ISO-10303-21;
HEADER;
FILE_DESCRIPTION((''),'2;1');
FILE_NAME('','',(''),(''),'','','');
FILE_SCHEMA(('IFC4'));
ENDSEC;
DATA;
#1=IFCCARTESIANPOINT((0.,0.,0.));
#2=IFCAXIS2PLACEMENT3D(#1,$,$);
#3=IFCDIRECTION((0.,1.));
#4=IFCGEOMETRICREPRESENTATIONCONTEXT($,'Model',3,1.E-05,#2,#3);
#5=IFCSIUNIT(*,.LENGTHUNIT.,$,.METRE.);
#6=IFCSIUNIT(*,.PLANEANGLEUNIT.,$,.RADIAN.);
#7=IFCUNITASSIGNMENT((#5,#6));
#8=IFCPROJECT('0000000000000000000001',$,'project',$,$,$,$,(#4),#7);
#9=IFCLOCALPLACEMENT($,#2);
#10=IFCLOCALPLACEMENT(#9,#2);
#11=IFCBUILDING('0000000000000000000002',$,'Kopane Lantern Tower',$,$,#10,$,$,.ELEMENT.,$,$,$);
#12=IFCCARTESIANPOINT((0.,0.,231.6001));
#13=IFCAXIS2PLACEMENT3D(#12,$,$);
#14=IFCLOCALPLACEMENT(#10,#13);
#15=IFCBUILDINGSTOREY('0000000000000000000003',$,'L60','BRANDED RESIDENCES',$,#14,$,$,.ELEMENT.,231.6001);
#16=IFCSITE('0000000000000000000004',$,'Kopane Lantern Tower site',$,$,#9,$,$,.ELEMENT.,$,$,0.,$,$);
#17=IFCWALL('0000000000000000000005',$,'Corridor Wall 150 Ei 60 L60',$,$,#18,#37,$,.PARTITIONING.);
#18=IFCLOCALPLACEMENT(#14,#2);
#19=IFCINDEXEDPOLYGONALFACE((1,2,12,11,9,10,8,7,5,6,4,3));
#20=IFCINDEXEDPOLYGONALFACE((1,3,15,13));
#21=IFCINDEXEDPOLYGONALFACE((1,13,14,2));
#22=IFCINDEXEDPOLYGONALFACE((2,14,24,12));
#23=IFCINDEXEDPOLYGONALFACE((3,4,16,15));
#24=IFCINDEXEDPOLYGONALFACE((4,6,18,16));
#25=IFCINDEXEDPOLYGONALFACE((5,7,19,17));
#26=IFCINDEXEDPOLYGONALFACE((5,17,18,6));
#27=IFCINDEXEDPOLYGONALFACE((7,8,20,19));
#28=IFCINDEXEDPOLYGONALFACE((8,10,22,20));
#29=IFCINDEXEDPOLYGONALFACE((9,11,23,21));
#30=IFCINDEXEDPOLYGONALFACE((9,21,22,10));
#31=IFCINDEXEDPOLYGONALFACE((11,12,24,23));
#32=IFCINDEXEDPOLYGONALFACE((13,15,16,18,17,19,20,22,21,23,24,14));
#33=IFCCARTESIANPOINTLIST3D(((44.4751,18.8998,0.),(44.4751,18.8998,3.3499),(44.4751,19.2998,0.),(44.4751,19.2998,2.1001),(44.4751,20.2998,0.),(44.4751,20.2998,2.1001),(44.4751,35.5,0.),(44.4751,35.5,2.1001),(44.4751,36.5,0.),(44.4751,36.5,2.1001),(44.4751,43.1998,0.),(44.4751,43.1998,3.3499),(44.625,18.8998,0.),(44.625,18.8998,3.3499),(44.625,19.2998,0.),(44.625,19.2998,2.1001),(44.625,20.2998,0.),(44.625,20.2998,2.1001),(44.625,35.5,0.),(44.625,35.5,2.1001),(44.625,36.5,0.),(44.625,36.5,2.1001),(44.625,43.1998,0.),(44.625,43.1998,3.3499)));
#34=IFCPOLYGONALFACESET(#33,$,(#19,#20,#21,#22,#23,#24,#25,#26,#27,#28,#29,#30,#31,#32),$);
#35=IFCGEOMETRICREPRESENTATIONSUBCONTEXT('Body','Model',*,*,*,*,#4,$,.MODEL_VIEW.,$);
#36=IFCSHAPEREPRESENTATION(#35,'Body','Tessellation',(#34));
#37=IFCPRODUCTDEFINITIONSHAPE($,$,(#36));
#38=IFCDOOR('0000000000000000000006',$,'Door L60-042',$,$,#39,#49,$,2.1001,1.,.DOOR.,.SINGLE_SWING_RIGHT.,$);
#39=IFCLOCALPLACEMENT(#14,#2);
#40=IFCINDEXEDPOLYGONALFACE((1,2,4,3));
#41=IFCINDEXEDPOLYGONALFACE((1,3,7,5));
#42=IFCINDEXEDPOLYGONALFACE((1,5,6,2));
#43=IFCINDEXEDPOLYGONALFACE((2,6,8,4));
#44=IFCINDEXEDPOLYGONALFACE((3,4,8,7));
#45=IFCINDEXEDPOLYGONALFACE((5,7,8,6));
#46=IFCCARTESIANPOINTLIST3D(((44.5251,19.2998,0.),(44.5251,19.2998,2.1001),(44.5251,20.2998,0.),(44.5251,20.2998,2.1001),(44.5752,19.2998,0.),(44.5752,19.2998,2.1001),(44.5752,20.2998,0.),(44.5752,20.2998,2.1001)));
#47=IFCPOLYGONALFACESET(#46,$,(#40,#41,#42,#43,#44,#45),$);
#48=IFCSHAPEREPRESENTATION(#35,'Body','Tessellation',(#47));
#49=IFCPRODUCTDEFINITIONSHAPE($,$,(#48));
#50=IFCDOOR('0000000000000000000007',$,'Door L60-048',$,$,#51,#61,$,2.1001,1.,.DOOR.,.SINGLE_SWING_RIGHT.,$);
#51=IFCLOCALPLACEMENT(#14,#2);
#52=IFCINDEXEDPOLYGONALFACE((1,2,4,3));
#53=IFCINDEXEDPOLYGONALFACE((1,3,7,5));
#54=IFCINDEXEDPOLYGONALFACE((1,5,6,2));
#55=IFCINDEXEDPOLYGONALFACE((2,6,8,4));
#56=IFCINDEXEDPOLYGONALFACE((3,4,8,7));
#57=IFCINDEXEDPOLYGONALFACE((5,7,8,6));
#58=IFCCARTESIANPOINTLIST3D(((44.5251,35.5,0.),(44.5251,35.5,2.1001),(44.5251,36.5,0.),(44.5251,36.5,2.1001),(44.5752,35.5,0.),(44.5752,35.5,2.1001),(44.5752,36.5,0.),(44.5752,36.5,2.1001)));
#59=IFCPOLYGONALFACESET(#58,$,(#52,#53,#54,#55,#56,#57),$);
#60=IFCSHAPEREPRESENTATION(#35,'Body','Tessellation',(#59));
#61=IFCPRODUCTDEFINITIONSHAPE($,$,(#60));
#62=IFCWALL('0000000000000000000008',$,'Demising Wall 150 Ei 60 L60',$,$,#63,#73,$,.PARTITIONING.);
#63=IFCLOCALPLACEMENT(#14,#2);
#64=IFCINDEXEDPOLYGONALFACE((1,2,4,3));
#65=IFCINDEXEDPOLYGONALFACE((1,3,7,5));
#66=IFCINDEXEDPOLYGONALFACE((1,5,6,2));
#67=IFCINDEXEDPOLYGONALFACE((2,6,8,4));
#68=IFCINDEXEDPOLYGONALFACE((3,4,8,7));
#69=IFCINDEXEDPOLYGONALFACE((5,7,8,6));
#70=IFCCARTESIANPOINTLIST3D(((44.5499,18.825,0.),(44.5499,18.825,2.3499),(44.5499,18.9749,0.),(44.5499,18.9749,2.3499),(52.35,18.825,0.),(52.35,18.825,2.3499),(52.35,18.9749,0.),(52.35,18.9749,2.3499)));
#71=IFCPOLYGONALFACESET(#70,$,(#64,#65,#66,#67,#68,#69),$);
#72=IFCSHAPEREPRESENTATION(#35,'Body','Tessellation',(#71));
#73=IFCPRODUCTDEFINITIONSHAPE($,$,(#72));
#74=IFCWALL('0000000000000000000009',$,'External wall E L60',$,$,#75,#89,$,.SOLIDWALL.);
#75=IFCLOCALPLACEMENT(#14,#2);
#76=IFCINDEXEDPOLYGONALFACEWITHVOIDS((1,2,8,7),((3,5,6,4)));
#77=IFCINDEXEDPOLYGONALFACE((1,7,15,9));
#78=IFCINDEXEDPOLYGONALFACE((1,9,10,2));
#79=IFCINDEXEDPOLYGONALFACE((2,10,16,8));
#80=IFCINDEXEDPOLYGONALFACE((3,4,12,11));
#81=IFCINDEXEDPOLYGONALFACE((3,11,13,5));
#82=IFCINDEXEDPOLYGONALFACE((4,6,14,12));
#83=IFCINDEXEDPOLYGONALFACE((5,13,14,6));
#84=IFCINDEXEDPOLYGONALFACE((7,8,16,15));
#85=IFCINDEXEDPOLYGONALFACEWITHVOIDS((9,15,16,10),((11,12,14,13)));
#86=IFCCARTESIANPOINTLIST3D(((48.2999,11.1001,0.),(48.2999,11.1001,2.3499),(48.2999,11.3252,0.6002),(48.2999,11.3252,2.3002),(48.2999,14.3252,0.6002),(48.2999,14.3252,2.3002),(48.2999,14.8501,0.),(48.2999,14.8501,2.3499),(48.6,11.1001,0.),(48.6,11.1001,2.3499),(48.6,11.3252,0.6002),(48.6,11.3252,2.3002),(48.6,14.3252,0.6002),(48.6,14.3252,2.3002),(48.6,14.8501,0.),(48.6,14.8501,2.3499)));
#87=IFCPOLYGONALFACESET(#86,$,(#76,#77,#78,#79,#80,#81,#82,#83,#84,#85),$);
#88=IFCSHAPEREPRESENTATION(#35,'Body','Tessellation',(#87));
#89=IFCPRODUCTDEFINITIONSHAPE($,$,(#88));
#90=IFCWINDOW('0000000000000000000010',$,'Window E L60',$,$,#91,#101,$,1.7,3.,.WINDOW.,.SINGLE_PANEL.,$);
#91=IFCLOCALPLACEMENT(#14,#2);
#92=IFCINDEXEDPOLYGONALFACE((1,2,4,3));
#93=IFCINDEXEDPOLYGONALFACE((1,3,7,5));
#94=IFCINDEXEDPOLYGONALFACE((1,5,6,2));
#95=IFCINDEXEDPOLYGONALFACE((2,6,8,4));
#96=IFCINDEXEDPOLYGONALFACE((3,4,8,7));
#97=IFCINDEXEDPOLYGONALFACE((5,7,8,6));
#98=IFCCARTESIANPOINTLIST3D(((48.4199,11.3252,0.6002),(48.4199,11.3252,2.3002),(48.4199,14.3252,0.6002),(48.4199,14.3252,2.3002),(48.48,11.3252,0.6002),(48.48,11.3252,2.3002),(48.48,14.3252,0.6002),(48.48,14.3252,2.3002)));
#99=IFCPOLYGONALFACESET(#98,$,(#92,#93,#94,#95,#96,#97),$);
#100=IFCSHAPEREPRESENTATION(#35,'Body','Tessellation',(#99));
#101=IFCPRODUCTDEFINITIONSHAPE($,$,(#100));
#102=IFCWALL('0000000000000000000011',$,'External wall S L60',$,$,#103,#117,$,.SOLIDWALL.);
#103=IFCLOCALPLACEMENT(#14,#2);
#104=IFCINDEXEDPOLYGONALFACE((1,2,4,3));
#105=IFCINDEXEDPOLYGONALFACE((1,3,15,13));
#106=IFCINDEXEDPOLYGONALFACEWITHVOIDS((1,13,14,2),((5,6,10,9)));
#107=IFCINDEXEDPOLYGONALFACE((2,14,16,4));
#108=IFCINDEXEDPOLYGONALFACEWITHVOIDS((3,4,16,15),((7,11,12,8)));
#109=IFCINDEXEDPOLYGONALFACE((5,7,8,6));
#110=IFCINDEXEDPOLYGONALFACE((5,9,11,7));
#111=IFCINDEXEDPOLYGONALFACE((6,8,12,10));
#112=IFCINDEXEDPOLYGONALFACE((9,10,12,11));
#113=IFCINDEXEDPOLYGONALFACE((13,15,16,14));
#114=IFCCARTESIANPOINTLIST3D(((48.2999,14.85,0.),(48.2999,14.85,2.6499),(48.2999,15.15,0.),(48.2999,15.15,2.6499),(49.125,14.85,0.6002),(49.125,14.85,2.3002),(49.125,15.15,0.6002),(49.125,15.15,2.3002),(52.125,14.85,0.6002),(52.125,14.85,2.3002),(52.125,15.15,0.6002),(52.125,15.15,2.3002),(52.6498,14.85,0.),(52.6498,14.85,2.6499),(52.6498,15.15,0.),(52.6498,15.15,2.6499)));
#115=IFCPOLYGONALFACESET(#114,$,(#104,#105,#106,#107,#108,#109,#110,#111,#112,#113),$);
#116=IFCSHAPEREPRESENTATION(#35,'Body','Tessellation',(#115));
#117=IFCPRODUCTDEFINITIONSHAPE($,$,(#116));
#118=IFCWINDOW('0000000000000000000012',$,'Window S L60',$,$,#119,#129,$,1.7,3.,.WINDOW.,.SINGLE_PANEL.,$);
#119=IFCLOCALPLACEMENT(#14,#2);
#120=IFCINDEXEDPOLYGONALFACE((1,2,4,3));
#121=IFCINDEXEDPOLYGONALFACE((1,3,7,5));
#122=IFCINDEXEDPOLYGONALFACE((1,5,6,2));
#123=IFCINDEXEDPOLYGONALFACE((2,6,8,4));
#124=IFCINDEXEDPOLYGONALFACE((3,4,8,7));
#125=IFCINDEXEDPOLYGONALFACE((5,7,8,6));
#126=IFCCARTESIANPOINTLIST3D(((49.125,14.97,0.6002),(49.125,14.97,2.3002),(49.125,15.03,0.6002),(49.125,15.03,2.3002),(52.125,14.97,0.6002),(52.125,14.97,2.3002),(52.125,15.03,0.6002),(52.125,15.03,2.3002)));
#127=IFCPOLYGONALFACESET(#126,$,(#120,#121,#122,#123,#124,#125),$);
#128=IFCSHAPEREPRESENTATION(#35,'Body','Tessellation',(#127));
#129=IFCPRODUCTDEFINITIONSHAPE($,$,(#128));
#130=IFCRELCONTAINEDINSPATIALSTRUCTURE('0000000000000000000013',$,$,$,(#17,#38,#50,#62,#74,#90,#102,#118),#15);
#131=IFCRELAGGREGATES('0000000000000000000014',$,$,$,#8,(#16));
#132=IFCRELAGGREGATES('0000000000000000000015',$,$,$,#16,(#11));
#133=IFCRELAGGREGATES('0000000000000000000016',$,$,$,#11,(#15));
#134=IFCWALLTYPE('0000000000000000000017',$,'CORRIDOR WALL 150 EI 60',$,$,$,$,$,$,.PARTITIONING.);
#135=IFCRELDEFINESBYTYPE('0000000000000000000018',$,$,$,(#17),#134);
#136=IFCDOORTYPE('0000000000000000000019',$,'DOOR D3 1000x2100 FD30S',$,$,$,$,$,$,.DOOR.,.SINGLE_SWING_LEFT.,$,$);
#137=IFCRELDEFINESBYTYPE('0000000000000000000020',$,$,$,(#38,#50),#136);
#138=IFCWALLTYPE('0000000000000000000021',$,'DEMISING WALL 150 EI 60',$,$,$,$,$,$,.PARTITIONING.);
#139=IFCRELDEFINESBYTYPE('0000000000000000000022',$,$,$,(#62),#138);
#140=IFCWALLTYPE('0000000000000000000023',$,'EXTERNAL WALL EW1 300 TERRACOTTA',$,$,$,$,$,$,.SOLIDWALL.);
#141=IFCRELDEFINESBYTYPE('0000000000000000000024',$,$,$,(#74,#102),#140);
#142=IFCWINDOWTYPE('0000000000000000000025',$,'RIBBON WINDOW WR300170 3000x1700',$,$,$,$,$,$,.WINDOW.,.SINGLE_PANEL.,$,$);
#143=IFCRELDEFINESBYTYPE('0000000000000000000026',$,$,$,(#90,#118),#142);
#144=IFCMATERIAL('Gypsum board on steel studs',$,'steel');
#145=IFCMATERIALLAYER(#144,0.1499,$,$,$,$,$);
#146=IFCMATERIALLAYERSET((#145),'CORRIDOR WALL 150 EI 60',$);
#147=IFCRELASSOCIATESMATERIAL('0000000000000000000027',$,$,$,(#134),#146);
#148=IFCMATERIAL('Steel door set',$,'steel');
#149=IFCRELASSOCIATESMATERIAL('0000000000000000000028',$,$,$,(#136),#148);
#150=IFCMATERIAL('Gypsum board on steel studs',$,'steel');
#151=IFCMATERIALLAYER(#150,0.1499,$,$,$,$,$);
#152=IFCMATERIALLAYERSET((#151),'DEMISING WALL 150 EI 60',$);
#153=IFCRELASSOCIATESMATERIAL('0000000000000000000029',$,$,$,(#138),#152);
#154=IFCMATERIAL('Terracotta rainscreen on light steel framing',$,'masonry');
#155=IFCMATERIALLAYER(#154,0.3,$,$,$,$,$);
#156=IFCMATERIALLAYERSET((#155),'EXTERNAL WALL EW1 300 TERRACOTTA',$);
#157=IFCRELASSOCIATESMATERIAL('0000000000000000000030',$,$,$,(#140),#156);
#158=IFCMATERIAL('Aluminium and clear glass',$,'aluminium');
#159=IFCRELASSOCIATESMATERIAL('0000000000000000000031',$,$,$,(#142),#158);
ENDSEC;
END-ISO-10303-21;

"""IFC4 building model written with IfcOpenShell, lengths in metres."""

from ifc_helpers import new_model, si_unit, direction, frame, frame_2d, origin, place, context, subcontext, project, spatial, rectangle, extrude, material, layer, layer_set, type_object, element, fill, save


model = new_model("IFC4")

# Units and contexts
model_context = context("Model", 3, precision=1e-05, world=origin(), true_north=direction((0.0, 1.0)))
body_context = subcontext(model_context, "Body", "Model", "MODEL_VIEW")
ifc_project = project(units=[si_unit("LENGTHUNIT", "METRE"), si_unit("PLANEANGLEUNIT", "RADIAN")], contexts=[model_context])

# Site, building, storey
site_placement = place(None, origin())
site = spatial("IfcSite", under=ifc_project, at=site_placement, Name="Kopane Lantern Tower site", CompositionType="ELEMENT", RefElevation=0.0)
building_placement = place(site_placement, origin())
building = spatial("IfcBuilding", under=site, at=building_placement, Name="Kopane Lantern Tower", CompositionType="ELEMENT")
storey_placement = place(building_placement, frame((0.0, 0.0, 231.6001)))
storey = spatial("IfcBuildingStorey", under=building, at=storey_placement, Name="L60", Description="BRANDED RESIDENCES", CompositionType="ELEMENT", Elevation=231.6001)

# Wall, openings, doors
ifc_material_1 = material(Name="Gypsum board on steel studs", Category="steel")
ifc_layer_1 = layer(ifc_material_1, 0.1499)
ifc_layer_set_1 = layer_set([ifc_layer_1], Name="CORRIDOR WALL 150 EI 60")
wall_type_1 = type_object("IfcWallType", Name="CORRIDOR WALL 150 EI 60", PredefinedType="PARTITIONING", material=ifc_layer_set_1)
wall_1_placement = place(storey_placement, frame((44.55, 18.8999, 0.0), z_axis=(0.0, 0.0, 1.0), x_axis=(0.0, 1.0, 0.0)))
wall_1 = element("IfcWall", 1, at=wall_1_placement, inside=storey, type_object=wall_type_1, Name="Corridor Wall 150 Ei 60 L60", PredefinedType="PARTITIONING", context=body_context, shape_type="SweptSolid", body=[
    extrude(rectangle(XDim=24.3, YDim=0.1499, at=frame_2d((12.1499, 0.0))), origin(), (0.0, 0.0, 1.0), 3.3499),
])
opening_1_placement = place(wall_1_placement, frame((0.3999, 0.0, 0.0)))
opening_1 = element("IfcOpeningElement", 2, at=opening_1_placement, cuts=wall_1, PredefinedType="OPENING", context=body_context, shape_type="SweptSolid", body=[
    extrude(rectangle(XDim=1.0, YDim=2.1001, at=frame_2d((0.5, 1.05))), frame((0.0, 0.085, 0.0), z_axis=(0.0, -1.0, 0.0), x_axis=(1.0, 0.0, 0.0)), (0.0, 0.0, 1.0), 0.1699),
])
opening_2_placement = place(wall_1_placement, frame((16.6001, 0.0, 0.0)))
opening_2 = element("IfcOpeningElement", 3, at=opening_2_placement, cuts=wall_1, PredefinedType="OPENING", context=body_context, shape_type="SweptSolid", body=[
    extrude(rectangle(XDim=1.0, YDim=2.1001, at=frame_2d((0.5, 1.05))), frame((0.0, 0.085, 0.0), z_axis=(0.0, -1.0, 0.0), x_axis=(1.0, 0.0, 0.0)), (0.0, 0.0, 1.0), 0.1699),
])
ifc_material_2 = material(Name="Steel door set", Category="steel")
door_type_1 = type_object("IfcDoorType", Name="DOOR D3 1000x2100 FD30S", OperationType="SINGLE_SWING_LEFT", PredefinedType="DOOR", material=ifc_material_2)
door_1_placement = place(opening_1_placement, origin())
door_1 = element("IfcDoor", 4, at=door_1_placement, inside=storey, type_object=door_type_1, Name="Door L60-042", OperationType="SINGLE_SWING_RIGHT", OverallHeight=2.1001, OverallWidth=1.0, PredefinedType="DOOR", context=body_context, shape_type="SweptSolid", body=[
    extrude(rectangle(XDim=1.0, YDim=2.1001, at=frame_2d((0.5, 1.05))), frame((0.0, 0.0249, 0.0), z_axis=(0.0, -1.0, 0.0), x_axis=(1.0, 0.0, 0.0)), (0.0, 0.0, 1.0), 0.05),
])
fill(opening_1, door_1)
door_2_placement = place(opening_2_placement, origin())
door_2 = element("IfcDoor", 5, at=door_2_placement, inside=storey, type_object=door_type_1, Name="Door L60-048", OperationType="SINGLE_SWING_RIGHT", OverallHeight=2.1001, OverallWidth=1.0, PredefinedType="DOOR", context=body_context, shape_type="SweptSolid", body=[
    extrude(rectangle(XDim=1.0, YDim=2.1001, at=frame_2d((0.5, 1.05))), frame((0.0, 0.0249, 0.0), z_axis=(0.0, -1.0, 0.0), x_axis=(1.0, 0.0, 0.0)), (0.0, 0.0, 1.0), 0.05),
])
fill(opening_2, door_2)

# Wall
ifc_material_3 = material(Name="Gypsum board on steel studs", Category="steel")
ifc_layer_2 = layer(ifc_material_3, 0.1499)
ifc_layer_set_2 = layer_set([ifc_layer_2], Name="DEMISING WALL 150 EI 60")
wall_type_2 = type_object("IfcWallType", Name="DEMISING WALL 150 EI 60", PredefinedType="PARTITIONING", material=ifc_layer_set_2)
wall_2_placement = place(storey_placement, frame((44.55, 18.8999, 0.0), z_axis=(0.0, 0.0, 1.0), x_axis=(1.0, 0.0, 0.0)))
element("IfcWall", 6, at=wall_2_placement, inside=storey, type_object=wall_type_2, Name="Demising Wall 150 Ei 60 L60", PredefinedType="PARTITIONING", context=body_context, shape_type="SweptSolid", body=[
    extrude(rectangle(XDim=7.8, YDim=0.1499, at=frame_2d((3.8999, 0.0))), origin(), (0.0, 0.0, 1.0), 2.3499),
])

# Walls, openings, windows
ifc_material_4 = material(Name="Terracotta rainscreen on light steel framing", Category="masonry")
ifc_layer_3 = layer(ifc_material_4, 0.3)
ifc_layer_set_3 = layer_set([ifc_layer_3], Name="EXTERNAL WALL EW1 300 TERRACOTTA")
wall_type_3 = type_object("IfcWallType", Name="EXTERNAL WALL EW1 300 TERRACOTTA", PredefinedType="SOLIDWALL", material=ifc_layer_set_3)
wall_3_placement = place(storey_placement, frame((48.45, 11.1001, 0.0), z_axis=(0.0, 0.0, 1.0), x_axis=(0.0, 1.0, 0.0)))
wall_3 = element("IfcWall", 7, at=wall_3_placement, inside=storey, type_object=wall_type_3, Name="External wall E L60", PredefinedType="SOLIDWALL", context=body_context, shape_type="SweptSolid", body=[
    extrude(rectangle(XDim=3.75, YDim=0.3, at=frame_2d((1.875, 0.0))), origin(), (0.0, 0.0, 1.0), 2.3499),
])
opening_3_placement = place(wall_3_placement, frame((0.2251, 0.0, 0.6001)))
opening_3 = element("IfcOpeningElement", 8, at=opening_3_placement, cuts=wall_3, PredefinedType="OPENING", context=body_context, shape_type="SweptSolid", body=[
    extrude(rectangle(XDim=3.0, YDim=1.7, at=frame_2d((1.5, 0.8501))), frame((0.0, 0.1599, 0.0), z_axis=(0.0, -1.0, 0.0), x_axis=(1.0, 0.0, 0.0)), (0.0, 0.0, 1.0), 0.3201),
])
ifc_material_5 = material(Name="Aluminium and clear glass", Category="aluminium")
window_type = type_object("IfcWindowType", Name="RIBBON WINDOW WR300170 3000x1700", PartitioningType="SINGLE_PANEL", PredefinedType="WINDOW", material=ifc_material_5)
window_1_placement = place(opening_3_placement, origin())
window_1 = element("IfcWindow", 9, at=window_1_placement, inside=storey, type_object=window_type, Name="Window E L60", OverallHeight=1.7, OverallWidth=3.0, PartitioningType="SINGLE_PANEL", PredefinedType="WINDOW", context=body_context, shape_type="SweptSolid", body=[
    extrude(rectangle(XDim=3.0, YDim=1.7, at=frame_2d((1.5, 0.8501))), frame((0.0, 0.03, 0.0), z_axis=(0.0, -1.0, 0.0), x_axis=(1.0, 0.0, 0.0)), (0.0, 0.0, 1.0), 0.0601),
])
fill(opening_3, window_1)
wall_4_placement = place(storey_placement, frame((48.3, 15.0, 0.0), z_axis=(0.0, 0.0, 1.0), x_axis=(1.0, 0.0, 0.0)))
wall_4 = element("IfcWall", 10, at=wall_4_placement, inside=storey, type_object=wall_type_3, Name="External wall S L60", PredefinedType="SOLIDWALL", context=body_context, shape_type="SweptSolid", body=[
    extrude(rectangle(XDim=4.3499, YDim=0.3, at=frame_2d((2.1748, 0.0))), origin(), (0.0, 0.0, 1.0), 2.6499),
])
opening_4_placement = place(wall_4_placement, frame((0.825, 0.0, 0.6001)))
opening_4 = element("IfcOpeningElement", 11, at=opening_4_placement, cuts=wall_4, PredefinedType="OPENING", context=body_context, shape_type="SweptSolid", body=[
    extrude(rectangle(XDim=3.0, YDim=1.7, at=frame_2d((1.5, 0.8501))), frame((0.0, 0.1599, 0.0), z_axis=(0.0, -1.0, 0.0), x_axis=(1.0, 0.0, 0.0)), (0.0, 0.0, 1.0), 0.3201),
])
window_2_placement = place(opening_4_placement, origin())
window_2 = element("IfcWindow", 12, at=window_2_placement, inside=storey, type_object=window_type, Name="Window S L60", OverallHeight=1.7, OverallWidth=3.0, PartitioningType="SINGLE_PANEL", PredefinedType="WINDOW", context=body_context, shape_type="SweptSolid", body=[
    extrude(rectangle(XDim=3.0, YDim=1.7, at=frame_2d((1.5, 0.8501))), frame((0.0, 0.03, 0.0), z_axis=(0.0, -1.0, 0.0), x_axis=(1.0, 0.0, 0.0)), (0.0, 0.0, 1.0), 0.0601),
])
fill(opening_4, window_2)

save(model, "model.ifc")
